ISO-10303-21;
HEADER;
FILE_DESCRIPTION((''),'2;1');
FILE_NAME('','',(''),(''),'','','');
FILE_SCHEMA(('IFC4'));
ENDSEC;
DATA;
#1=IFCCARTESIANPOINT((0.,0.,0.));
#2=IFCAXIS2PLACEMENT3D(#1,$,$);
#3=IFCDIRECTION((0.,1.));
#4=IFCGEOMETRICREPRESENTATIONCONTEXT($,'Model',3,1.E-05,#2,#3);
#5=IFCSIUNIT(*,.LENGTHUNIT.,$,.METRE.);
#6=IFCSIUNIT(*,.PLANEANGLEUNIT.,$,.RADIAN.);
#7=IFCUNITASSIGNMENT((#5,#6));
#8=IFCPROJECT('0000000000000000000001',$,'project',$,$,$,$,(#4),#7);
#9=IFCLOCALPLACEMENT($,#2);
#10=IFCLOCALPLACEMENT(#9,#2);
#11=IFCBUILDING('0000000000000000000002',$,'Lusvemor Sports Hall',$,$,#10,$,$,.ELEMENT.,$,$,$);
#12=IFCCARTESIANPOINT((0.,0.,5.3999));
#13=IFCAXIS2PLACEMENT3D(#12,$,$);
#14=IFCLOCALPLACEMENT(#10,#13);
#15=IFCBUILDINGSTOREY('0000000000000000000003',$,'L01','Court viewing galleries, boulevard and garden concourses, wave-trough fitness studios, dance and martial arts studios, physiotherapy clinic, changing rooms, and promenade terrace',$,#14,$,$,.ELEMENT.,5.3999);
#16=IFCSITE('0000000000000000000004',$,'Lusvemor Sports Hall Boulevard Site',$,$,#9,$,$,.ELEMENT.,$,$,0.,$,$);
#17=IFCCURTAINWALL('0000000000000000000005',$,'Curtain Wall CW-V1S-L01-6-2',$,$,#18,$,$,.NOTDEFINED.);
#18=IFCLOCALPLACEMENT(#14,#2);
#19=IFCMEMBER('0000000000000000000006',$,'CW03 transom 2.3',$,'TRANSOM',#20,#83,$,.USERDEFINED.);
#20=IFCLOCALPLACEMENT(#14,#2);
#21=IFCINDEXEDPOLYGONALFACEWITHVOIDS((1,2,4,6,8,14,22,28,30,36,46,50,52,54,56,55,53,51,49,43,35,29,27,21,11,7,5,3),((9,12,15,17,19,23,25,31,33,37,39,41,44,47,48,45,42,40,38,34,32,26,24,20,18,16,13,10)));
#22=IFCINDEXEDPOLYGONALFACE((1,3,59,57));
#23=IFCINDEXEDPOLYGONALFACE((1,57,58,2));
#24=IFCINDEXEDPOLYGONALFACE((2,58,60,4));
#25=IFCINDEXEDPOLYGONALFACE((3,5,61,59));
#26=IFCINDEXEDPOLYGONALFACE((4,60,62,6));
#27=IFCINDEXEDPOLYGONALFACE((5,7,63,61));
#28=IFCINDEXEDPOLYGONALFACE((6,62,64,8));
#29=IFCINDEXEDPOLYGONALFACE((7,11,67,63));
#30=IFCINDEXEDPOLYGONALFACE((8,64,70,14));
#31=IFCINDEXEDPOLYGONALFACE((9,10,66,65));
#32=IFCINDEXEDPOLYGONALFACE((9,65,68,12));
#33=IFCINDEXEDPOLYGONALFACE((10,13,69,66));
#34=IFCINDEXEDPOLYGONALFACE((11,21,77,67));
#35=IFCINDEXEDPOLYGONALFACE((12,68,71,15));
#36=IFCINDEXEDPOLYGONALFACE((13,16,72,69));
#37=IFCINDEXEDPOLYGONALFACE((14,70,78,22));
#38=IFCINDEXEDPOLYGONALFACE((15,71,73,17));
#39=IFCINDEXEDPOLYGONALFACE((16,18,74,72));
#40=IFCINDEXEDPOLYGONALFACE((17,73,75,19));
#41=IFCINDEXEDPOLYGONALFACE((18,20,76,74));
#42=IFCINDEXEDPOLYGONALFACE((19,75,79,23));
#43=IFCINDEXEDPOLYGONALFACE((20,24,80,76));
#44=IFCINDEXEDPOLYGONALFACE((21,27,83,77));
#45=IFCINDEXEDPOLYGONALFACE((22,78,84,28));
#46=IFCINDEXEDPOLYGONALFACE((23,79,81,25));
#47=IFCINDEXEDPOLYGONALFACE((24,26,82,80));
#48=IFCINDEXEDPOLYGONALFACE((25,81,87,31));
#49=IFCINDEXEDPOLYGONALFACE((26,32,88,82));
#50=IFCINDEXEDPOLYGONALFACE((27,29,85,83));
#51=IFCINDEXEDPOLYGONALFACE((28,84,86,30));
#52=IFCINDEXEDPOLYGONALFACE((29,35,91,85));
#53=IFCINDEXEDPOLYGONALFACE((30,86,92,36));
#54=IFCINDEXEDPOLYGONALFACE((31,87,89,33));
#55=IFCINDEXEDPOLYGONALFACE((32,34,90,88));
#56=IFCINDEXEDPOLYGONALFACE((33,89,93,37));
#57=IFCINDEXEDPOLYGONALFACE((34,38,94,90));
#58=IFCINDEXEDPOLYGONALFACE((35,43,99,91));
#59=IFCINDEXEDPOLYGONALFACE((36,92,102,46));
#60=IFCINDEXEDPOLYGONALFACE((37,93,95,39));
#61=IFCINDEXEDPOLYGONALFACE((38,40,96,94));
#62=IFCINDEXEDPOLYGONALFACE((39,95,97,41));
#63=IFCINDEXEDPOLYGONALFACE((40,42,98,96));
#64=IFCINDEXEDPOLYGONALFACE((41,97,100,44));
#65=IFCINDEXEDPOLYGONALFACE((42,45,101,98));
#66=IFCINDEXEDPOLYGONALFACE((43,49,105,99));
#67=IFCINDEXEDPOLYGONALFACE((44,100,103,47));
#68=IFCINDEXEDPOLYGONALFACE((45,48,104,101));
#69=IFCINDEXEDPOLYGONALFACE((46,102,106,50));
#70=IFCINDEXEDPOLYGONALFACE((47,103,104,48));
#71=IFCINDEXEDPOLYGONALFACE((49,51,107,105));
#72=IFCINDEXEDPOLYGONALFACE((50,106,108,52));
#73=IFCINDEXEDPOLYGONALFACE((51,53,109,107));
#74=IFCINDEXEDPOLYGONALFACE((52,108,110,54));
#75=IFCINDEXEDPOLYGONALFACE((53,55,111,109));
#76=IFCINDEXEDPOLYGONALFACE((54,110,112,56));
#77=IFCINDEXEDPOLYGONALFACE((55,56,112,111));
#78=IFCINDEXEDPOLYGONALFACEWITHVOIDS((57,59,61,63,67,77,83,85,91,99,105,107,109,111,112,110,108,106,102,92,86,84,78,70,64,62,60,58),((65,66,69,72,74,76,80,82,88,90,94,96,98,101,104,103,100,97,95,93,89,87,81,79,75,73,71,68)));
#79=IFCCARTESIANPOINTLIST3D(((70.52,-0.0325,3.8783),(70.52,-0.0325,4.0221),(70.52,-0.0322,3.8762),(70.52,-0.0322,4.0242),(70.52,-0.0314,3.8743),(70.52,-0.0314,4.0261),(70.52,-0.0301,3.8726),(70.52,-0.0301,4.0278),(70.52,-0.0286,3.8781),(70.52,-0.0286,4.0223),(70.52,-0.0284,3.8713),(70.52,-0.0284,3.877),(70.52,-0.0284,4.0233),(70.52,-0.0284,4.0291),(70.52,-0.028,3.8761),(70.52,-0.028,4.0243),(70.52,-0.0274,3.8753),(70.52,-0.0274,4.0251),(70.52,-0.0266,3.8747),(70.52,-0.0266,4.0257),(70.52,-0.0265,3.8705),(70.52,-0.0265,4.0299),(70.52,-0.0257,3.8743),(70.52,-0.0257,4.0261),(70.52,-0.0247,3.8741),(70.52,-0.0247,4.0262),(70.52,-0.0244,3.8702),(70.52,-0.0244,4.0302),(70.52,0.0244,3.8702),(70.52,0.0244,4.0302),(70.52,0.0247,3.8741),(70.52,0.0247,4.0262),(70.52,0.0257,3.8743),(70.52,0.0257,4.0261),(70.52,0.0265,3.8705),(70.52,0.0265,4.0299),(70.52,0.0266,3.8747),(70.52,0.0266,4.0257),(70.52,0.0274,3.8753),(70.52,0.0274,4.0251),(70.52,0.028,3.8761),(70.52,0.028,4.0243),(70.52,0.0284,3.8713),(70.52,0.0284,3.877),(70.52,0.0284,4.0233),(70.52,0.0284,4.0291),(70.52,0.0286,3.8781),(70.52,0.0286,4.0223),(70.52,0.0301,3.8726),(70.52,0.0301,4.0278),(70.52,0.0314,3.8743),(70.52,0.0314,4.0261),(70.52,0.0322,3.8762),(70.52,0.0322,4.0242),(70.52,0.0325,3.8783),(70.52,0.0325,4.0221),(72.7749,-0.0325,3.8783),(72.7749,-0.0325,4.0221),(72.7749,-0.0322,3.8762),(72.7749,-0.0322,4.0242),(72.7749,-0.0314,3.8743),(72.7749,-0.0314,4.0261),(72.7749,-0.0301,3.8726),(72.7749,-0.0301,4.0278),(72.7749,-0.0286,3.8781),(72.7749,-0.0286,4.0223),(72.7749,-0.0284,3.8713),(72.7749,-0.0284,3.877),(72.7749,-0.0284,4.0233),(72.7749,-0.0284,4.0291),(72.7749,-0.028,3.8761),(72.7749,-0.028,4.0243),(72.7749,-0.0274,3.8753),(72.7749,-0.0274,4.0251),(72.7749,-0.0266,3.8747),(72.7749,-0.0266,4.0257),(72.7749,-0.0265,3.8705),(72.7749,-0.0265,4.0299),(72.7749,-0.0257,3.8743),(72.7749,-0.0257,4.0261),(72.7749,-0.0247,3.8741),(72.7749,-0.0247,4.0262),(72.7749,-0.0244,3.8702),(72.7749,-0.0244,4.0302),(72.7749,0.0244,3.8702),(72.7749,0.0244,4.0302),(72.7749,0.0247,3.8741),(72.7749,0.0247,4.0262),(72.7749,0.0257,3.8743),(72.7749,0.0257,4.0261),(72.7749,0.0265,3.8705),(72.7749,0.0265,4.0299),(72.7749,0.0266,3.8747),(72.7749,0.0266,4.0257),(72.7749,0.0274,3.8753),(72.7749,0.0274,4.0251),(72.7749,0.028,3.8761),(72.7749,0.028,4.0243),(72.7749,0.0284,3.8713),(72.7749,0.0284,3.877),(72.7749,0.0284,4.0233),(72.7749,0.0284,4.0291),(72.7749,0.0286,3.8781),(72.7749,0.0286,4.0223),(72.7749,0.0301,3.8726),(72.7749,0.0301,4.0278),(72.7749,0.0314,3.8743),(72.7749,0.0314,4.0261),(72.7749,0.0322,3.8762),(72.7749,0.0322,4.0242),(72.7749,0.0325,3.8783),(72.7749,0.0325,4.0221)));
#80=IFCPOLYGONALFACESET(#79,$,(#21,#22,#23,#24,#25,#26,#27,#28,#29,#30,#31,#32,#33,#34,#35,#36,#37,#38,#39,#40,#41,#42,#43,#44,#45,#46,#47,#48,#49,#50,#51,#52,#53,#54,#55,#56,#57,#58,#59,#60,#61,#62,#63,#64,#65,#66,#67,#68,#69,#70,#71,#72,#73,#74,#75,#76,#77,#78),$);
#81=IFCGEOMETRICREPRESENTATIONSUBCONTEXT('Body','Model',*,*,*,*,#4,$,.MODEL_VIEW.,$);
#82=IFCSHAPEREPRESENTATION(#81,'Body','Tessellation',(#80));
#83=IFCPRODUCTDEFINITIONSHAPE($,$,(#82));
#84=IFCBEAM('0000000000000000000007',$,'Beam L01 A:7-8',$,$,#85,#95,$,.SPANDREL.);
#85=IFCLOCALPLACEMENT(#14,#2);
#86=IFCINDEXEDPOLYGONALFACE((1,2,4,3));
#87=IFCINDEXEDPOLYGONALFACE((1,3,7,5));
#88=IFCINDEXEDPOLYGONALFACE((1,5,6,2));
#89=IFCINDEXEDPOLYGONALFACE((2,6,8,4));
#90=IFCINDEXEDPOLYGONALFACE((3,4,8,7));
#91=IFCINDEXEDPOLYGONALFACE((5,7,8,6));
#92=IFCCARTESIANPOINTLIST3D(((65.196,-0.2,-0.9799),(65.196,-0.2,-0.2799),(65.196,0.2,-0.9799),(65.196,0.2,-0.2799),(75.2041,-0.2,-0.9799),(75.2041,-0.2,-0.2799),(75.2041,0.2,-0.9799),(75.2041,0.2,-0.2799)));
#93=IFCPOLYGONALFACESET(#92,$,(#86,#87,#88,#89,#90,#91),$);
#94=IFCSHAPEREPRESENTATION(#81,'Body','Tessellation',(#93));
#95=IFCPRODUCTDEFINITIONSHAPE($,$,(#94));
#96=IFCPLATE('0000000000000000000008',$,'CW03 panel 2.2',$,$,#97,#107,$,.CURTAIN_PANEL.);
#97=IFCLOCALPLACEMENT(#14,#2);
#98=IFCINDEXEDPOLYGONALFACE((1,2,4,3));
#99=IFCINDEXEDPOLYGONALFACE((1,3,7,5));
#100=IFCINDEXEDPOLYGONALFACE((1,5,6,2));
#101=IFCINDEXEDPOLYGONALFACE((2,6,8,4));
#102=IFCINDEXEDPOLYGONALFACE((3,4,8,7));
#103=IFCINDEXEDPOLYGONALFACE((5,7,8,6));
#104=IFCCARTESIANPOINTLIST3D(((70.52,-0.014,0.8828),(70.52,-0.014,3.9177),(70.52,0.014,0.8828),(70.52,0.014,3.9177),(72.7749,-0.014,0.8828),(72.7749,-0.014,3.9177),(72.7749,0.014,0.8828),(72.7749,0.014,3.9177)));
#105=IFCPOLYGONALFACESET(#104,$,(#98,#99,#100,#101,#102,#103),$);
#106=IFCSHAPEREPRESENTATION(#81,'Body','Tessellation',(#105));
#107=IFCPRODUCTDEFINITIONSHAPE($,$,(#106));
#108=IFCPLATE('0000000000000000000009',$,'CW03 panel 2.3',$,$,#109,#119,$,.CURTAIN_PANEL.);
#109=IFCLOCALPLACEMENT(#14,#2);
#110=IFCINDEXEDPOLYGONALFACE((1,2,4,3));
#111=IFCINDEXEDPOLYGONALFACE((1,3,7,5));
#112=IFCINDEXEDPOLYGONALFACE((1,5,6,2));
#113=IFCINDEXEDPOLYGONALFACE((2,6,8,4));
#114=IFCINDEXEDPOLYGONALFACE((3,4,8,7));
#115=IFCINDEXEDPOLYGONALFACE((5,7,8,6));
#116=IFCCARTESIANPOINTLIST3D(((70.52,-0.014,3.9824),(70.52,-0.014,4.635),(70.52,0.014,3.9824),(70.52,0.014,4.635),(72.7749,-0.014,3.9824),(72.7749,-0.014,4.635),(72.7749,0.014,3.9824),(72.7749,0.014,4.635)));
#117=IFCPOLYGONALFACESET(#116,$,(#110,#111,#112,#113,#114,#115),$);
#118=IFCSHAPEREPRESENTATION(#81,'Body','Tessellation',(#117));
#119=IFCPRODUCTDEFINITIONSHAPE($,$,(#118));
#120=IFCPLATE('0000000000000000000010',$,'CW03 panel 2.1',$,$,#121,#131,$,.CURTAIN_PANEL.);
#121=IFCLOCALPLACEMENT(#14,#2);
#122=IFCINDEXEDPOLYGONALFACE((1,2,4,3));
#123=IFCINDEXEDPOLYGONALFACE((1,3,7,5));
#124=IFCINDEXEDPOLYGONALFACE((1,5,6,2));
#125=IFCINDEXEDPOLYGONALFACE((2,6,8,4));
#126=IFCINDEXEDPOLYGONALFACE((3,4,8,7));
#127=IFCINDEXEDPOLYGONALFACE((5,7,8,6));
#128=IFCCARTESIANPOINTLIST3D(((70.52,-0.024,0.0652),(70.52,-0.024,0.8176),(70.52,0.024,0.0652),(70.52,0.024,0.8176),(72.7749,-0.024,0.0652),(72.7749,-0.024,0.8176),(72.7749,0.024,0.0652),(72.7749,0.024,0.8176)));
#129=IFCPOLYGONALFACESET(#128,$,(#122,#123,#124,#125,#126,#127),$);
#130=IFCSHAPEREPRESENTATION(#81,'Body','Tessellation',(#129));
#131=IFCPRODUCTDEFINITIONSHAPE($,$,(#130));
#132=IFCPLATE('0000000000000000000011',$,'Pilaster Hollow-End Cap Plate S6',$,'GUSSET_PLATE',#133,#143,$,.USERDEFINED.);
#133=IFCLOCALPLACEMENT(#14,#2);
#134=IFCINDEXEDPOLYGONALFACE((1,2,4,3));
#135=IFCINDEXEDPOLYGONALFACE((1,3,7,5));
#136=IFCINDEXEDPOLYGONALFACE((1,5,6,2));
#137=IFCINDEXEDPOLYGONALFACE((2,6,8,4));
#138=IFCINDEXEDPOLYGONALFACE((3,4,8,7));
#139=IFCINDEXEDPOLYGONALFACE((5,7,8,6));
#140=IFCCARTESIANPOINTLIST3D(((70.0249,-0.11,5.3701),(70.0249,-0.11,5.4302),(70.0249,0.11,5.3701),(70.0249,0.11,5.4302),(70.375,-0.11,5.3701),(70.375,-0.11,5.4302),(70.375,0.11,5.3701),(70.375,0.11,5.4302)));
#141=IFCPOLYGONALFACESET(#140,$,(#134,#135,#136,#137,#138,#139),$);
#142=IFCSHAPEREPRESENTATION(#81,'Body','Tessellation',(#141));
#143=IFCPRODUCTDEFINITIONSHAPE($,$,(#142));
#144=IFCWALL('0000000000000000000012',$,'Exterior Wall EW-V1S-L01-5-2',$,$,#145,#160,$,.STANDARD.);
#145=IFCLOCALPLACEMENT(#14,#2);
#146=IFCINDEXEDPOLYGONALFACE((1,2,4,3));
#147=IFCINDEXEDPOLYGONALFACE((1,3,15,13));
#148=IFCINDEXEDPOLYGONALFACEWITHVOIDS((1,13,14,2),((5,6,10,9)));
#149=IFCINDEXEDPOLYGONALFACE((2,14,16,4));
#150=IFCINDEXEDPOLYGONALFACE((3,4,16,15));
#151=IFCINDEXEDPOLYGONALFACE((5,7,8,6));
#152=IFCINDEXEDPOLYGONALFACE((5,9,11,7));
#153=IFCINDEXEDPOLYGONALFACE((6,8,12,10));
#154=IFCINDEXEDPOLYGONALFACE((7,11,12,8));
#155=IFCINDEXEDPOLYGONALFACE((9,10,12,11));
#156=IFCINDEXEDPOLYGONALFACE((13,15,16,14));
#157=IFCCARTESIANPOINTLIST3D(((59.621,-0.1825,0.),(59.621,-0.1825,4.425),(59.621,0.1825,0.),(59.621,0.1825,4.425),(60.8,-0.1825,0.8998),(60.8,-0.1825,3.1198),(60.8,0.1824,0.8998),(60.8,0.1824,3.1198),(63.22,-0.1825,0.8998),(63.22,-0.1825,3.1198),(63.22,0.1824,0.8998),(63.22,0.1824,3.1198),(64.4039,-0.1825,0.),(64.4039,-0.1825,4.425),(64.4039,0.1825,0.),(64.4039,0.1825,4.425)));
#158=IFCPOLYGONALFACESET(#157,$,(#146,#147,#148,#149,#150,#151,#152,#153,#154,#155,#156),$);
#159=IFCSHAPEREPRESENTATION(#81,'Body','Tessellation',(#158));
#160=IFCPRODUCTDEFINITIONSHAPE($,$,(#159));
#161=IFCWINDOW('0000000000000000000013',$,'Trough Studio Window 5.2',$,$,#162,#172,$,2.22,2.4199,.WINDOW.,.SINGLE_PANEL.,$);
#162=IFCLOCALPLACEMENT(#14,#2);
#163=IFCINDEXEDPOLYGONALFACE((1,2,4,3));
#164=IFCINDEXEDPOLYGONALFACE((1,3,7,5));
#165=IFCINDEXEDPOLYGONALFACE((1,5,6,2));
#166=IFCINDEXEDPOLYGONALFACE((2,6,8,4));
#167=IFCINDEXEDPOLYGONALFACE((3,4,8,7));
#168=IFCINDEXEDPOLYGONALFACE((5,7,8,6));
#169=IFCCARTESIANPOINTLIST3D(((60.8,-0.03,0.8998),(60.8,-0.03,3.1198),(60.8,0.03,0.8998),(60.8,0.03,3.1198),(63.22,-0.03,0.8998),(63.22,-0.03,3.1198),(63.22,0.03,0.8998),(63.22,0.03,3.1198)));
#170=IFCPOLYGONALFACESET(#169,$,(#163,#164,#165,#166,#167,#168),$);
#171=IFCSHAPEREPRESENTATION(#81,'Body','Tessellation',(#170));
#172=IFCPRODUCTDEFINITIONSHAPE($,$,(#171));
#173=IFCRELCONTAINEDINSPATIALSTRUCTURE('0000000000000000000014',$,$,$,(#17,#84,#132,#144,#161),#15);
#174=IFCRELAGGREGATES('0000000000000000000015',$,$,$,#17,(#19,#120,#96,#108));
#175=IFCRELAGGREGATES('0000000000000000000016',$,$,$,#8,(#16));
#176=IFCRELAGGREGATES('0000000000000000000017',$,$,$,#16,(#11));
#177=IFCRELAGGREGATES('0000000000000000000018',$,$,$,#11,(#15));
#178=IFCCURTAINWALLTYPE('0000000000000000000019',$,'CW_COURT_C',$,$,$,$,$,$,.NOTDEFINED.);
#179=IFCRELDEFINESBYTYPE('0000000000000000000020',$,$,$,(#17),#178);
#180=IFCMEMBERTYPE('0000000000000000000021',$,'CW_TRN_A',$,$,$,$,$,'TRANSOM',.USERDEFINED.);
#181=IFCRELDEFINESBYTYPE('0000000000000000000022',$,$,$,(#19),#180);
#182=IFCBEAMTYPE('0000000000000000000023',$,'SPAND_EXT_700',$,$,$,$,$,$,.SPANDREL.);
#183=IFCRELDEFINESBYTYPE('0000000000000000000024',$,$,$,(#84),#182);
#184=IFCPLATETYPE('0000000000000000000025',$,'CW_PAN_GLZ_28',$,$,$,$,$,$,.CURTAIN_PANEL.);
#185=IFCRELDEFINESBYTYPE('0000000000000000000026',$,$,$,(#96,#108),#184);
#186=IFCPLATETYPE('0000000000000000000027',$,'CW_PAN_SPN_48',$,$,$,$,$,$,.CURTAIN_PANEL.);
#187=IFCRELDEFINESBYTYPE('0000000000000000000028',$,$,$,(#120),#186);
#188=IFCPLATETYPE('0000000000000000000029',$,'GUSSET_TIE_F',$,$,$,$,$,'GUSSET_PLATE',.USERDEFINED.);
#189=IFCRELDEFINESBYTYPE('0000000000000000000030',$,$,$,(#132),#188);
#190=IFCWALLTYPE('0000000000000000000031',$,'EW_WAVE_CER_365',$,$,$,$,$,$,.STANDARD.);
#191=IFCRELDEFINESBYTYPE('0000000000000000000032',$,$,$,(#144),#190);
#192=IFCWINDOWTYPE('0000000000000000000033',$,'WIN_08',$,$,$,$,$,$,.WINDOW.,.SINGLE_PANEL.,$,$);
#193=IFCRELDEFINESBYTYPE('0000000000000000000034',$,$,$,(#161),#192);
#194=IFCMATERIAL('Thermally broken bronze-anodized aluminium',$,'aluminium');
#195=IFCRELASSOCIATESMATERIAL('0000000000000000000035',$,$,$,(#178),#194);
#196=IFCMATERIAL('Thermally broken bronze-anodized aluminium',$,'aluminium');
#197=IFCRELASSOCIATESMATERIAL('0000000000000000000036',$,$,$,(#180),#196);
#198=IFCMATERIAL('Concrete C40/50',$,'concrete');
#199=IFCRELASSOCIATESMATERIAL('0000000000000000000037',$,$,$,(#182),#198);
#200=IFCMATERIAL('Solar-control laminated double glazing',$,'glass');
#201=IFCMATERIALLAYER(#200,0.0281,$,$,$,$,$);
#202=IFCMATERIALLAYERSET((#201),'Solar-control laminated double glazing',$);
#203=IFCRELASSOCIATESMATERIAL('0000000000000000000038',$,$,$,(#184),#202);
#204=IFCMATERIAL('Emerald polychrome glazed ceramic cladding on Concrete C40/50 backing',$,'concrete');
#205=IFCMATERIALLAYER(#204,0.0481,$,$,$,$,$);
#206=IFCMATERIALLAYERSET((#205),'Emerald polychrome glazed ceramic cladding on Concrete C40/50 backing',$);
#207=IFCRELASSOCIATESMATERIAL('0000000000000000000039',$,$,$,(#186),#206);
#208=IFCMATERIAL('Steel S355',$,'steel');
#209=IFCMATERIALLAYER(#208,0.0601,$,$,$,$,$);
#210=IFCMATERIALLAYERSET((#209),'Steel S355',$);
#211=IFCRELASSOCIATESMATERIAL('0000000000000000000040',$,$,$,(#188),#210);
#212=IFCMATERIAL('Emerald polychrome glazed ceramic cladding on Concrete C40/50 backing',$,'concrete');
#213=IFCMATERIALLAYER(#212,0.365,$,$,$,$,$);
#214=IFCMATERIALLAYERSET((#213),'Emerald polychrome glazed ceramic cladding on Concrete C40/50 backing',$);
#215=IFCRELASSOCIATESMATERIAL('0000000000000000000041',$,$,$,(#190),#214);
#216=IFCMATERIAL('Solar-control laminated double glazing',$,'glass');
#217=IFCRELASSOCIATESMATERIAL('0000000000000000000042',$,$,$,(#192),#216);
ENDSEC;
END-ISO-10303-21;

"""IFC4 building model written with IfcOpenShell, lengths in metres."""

from ifc_helpers import new_model, si_unit, direction, frame, frame_2d, origin, origin_2d, place, context, subcontext, project, spatial, rectangle, hollow_rectangle, extrude, material, layer, layer_set, material_profile, profile_set, type_object, element, fill, aggregate, save


model = new_model("IFC4")

# Units and contexts
model_context = context("Model", 3, precision=1e-05, world=origin(), true_north=direction((0.0, 1.0)))
body_context = subcontext(model_context, "Body", "Model", "MODEL_VIEW")
ifc_project = project(units=[si_unit("LENGTHUNIT", "METRE"), si_unit("PLANEANGLEUNIT", "RADIAN")], contexts=[model_context])

# Site, building, storey
site_placement = place(None, origin())
site = spatial("IfcSite", under=ifc_project, at=site_placement, Name="Lusvemor Sports Hall Boulevard Site", CompositionType="ELEMENT", RefElevation=0.0)
building_placement = place(site_placement, origin())
building = spatial("IfcBuilding", under=site, at=building_placement, Name="Lusvemor Sports Hall", CompositionType="ELEMENT")
storey_placement = place(building_placement, frame((0.0, 0.0, 5.3999)))
storey = spatial("IfcBuildingStorey", under=building, at=storey_placement, Name="L01", Description="Court viewing galleries, boulevard and garden concourses, wave-trough fitness studios, dance and martial arts studios, physiotherapy clinic, changing rooms, and promenade terrace", CompositionType="ELEMENT", Elevation=5.3999)

# Curtain wall, member
ifc_material_1 = material(Name="Thermally broken bronze-anodized aluminium", Category="aluminium")
curtain_wall_type = type_object("IfcCurtainWallType", Name="CW_COURT_C", PredefinedType="NOTDEFINED", material=ifc_material_1)
curtain_wall_placement = place(storey_placement, origin())
curtain_wall = element("IfcCurtainWall", 1, at=curtain_wall_placement, inside=storey, type_object=curtain_wall_type, Name="Curtain Wall CW-V1S-L01-6-2", PredefinedType="NOTDEFINED")
ifc_material_2 = material(Name="Thermally broken bronze-anodized aluminium", Category="aluminium")
ifc_material_profile_1 = material_profile(ifc_material_2, hollow_rectangle(XDim=0.0649, YDim=0.1599, WallThickness=0.0039, InnerFilletRadius=0.0039, OuterFilletRadius=0.0081, at=origin_2d()), Name="CWTRN160x65x4")
ifc_profile_set_1 = profile_set([ifc_material_profile_1], Name="Thermally broken bronze-anodized aluminium")
member_type_1 = type_object("IfcMemberType", Name="CW_TRN_A", ElementType="TRANSOM", PredefinedType="USERDEFINED", material=ifc_profile_set_1)
member_1_placement = place(storey_placement, frame((72.7749, 0.0, 3.9502), z_axis=(-1.0, 0.0, 0.0), x_axis=(0.0, -1.0, 0.0)))
member_1 = element("IfcMember", 2, at=member_1_placement, type_object=member_type_1, Name="CW03 transom 2.3", ObjectType="TRANSOM", PredefinedType="USERDEFINED", context=body_context, shape_type="SweptSolid", body=[
    extrude(hollow_rectangle(XDim=0.0649, YDim=0.1599, WallThickness=0.0039, InnerFilletRadius=0.0039, OuterFilletRadius=0.0081, at=origin_2d()), origin(), (0.0, 0.0, 1.0), 2.2549),
])

# Beam
ifc_material_3 = material(Name="Concrete C40/50", Category="concrete")
ifc_material_profile_2 = material_profile(ifc_material_3, rectangle(XDim=0.3999, YDim=0.7, at=origin_2d()), Name="RC400x700")
ifc_profile_set_2 = profile_set([ifc_material_profile_2], Name="Concrete C40/50")
beam_type = type_object("IfcBeamType", Name="SPAND_EXT_700", PredefinedType="SPANDREL", material=ifc_profile_set_2)
beam_placement = place(storey_placement, frame((65.196, 0.0, -0.6299), z_axis=(1.0, 0.0, 0.0), x_axis=(0.0, 1.0, 0.0)))
element("IfcBeam", 3, at=beam_placement, inside=storey, type_object=beam_type, Name="Beam L01 A:7-8", PredefinedType="SPANDREL", context=body_context, shape_type="SweptSolid", body=[
    extrude(rectangle(XDim=0.3999, YDim=0.7, at=origin_2d()), origin(), (0.0, 0.0, 1.0), 10.0081),
])

# Plates
ifc_material_4 = material(Name="Solar-control laminated double glazing", Category="glass")
ifc_layer_1 = layer(ifc_material_4, 0.0281)
ifc_layer_set_1 = layer_set([ifc_layer_1], Name="Solar-control laminated double glazing")
plate_type_1 = type_object("IfcPlateType", Name="CW_PAN_GLZ_28", PredefinedType="CURTAIN_PANEL", material=ifc_layer_set_1)
plate_1_placement = place(storey_placement, frame((71.6475, 0.0, 0.8828), z_axis=(0.0, 0.0, 1.0), x_axis=(-1.0, 0.0, 0.0)))
plate_1 = element("IfcPlate", 4, at=plate_1_placement, type_object=plate_type_1, Name="CW03 panel 2.2", PredefinedType="CURTAIN_PANEL", context=body_context, shape_type="SweptSolid", body=[
    extrude(rectangle(XDim=2.2549, YDim=0.0281, at=origin_2d()), origin(), (0.0, 0.0, 1.0), 3.0349),
])
plate_2_placement = place(storey_placement, frame((71.6475, 0.0, 3.9824), z_axis=(0.0, 0.0, 1.0), x_axis=(-1.0, 0.0, 0.0)))
plate_2 = element("IfcPlate", 5, at=plate_2_placement, type_object=plate_type_1, Name="CW03 panel 2.3", PredefinedType="CURTAIN_PANEL", context=body_context, shape_type="SweptSolid", body=[
    extrude(rectangle(XDim=2.2549, YDim=0.0281, at=origin_2d()), origin(), (0.0, 0.0, 1.0), 0.6526),
])
ifc_material_5 = material(Name="Emerald polychrome glazed ceramic cladding on Concrete C40/50 backing", Category="concrete")
ifc_layer_2 = layer(ifc_material_5, 0.0481)
ifc_layer_set_2 = layer_set([ifc_layer_2], Name="Emerald polychrome glazed ceramic cladding on Concrete C40/50 backing")
plate_type_2 = type_object("IfcPlateType", Name="CW_PAN_SPN_48", PredefinedType="CURTAIN_PANEL", material=ifc_layer_set_2)
plate_3_placement = place(storey_placement, frame((71.6475, 0.0, 0.0652), z_axis=(0.0, 0.0, 1.0), x_axis=(-1.0, 0.0, 0.0)))
plate_3 = element("IfcPlate", 6, at=plate_3_placement, type_object=plate_type_2, Name="CW03 panel 2.1", PredefinedType="CURTAIN_PANEL", context=body_context, shape_type="SweptSolid", body=[
    extrude(rectangle(XDim=2.2549, YDim=0.0481, at=origin_2d()), origin(), (0.0, 0.0, 1.0), 0.7524),
])
aggregate(curtain_wall, [member_1, plate_3, plate_1, plate_2])
ifc_material_6 = material(Name="Steel S355", Category="steel")
ifc_layer_3 = layer(ifc_material_6, 0.0601)
ifc_layer_set_3 = layer_set([ifc_layer_3], Name="Steel S355")
plate_type_3 = type_object("IfcPlateType", Name="GUSSET_TIE_F", ElementType="GUSSET_PLATE", PredefinedType="USERDEFINED", material=ifc_layer_set_3)
plate_4_placement = place(storey_placement, frame((70.2, 0.0, 5.3701), z_axis=(0.0, 0.0, 1.0), x_axis=(1.0, 0.0, 0.0)))
element("IfcPlate", 7, at=plate_4_placement, inside=storey, type_object=plate_type_3, Name="Pilaster Hollow-End Cap Plate S6", ObjectType="GUSSET_PLATE", PredefinedType="USERDEFINED", context=body_context, shape_type="SweptSolid", body=[
    extrude(rectangle(XDim=0.3501, YDim=0.22, at=origin_2d()), origin(), (0.0, 0.0, 1.0), 0.0601),
])

# Wall, opening, window
ifc_material_7 = material(Name="Emerald polychrome glazed ceramic cladding on Concrete C40/50 backing", Category="concrete")
ifc_layer_4 = layer(ifc_material_7, 0.365)
ifc_layer_set_4 = layer_set([ifc_layer_4], Name="Emerald polychrome glazed ceramic cladding on Concrete C40/50 backing")
wall_type = type_object("IfcWallType", Name="EW_WAVE_CER_365", PredefinedType="STANDARD", material=ifc_layer_set_4)
wall_1_placement = place(storey_placement, frame((64.4041, 0.0, 0.0), z_axis=(0.0, 0.0, 1.0), x_axis=(-1.0, 0.0, 0.0)))
wall_1 = element("IfcWall", 8, at=wall_1_placement, inside=storey, type_object=wall_type, Name="Exterior Wall EW-V1S-L01-5-2", PredefinedType="STANDARD", context=body_context, shape_type="SweptSolid", body=[
    extrude(rectangle(XDim=4.783, YDim=0.365, at=frame_2d((2.3916, 0.0))), origin(), (0.0, 0.0, 1.0), 4.425),
])
opening_1_placement = place(wall_1_placement, frame((1.1841, 0.0, 0.8999)))
opening_1 = element("IfcOpeningElement", 9, at=opening_1_placement, cuts=wall_1, PredefinedType="OPENING", context=body_context, shape_type="SweptSolid", body=[
    extrude(rectangle(XDim=2.4199, YDim=2.22, at=frame_2d((1.21, 1.1099))), frame((0.0, 0.1826, 0.0), z_axis=(0.0, -1.0, 0.0), x_axis=(1.0, 0.0, 0.0)), (0.0, 0.0, 1.0), 0.365),
])
ifc_material_8 = material(Name="Solar-control laminated double glazing", Category="glass")
window_type = type_object("IfcWindowType", Name="WIN_08", PartitioningType="SINGLE_PANEL", PredefinedType="WINDOW", material=ifc_material_8)
window_1_placement = place(opening_1_placement, origin())
window_1 = element("IfcWindow", 10, at=window_1_placement, inside=storey, type_object=window_type, Name="Trough Studio Window 5.2", OverallHeight=2.22, OverallWidth=2.4199, PartitioningType="SINGLE_PANEL", PredefinedType="WINDOW", context=body_context, shape_type="SweptSolid", body=[
    extrude(rectangle(XDim=2.4199, YDim=2.22, at=frame_2d((1.21, 1.1099))), frame((0.0, 0.03, 0.0), z_axis=(0.0, -1.0, 0.0), x_axis=(1.0, 0.0, 0.0)), (0.0, 0.0, 1.0), 0.0601),
])
fill(opening_1, window_1)

save(model, "model.ifc")
